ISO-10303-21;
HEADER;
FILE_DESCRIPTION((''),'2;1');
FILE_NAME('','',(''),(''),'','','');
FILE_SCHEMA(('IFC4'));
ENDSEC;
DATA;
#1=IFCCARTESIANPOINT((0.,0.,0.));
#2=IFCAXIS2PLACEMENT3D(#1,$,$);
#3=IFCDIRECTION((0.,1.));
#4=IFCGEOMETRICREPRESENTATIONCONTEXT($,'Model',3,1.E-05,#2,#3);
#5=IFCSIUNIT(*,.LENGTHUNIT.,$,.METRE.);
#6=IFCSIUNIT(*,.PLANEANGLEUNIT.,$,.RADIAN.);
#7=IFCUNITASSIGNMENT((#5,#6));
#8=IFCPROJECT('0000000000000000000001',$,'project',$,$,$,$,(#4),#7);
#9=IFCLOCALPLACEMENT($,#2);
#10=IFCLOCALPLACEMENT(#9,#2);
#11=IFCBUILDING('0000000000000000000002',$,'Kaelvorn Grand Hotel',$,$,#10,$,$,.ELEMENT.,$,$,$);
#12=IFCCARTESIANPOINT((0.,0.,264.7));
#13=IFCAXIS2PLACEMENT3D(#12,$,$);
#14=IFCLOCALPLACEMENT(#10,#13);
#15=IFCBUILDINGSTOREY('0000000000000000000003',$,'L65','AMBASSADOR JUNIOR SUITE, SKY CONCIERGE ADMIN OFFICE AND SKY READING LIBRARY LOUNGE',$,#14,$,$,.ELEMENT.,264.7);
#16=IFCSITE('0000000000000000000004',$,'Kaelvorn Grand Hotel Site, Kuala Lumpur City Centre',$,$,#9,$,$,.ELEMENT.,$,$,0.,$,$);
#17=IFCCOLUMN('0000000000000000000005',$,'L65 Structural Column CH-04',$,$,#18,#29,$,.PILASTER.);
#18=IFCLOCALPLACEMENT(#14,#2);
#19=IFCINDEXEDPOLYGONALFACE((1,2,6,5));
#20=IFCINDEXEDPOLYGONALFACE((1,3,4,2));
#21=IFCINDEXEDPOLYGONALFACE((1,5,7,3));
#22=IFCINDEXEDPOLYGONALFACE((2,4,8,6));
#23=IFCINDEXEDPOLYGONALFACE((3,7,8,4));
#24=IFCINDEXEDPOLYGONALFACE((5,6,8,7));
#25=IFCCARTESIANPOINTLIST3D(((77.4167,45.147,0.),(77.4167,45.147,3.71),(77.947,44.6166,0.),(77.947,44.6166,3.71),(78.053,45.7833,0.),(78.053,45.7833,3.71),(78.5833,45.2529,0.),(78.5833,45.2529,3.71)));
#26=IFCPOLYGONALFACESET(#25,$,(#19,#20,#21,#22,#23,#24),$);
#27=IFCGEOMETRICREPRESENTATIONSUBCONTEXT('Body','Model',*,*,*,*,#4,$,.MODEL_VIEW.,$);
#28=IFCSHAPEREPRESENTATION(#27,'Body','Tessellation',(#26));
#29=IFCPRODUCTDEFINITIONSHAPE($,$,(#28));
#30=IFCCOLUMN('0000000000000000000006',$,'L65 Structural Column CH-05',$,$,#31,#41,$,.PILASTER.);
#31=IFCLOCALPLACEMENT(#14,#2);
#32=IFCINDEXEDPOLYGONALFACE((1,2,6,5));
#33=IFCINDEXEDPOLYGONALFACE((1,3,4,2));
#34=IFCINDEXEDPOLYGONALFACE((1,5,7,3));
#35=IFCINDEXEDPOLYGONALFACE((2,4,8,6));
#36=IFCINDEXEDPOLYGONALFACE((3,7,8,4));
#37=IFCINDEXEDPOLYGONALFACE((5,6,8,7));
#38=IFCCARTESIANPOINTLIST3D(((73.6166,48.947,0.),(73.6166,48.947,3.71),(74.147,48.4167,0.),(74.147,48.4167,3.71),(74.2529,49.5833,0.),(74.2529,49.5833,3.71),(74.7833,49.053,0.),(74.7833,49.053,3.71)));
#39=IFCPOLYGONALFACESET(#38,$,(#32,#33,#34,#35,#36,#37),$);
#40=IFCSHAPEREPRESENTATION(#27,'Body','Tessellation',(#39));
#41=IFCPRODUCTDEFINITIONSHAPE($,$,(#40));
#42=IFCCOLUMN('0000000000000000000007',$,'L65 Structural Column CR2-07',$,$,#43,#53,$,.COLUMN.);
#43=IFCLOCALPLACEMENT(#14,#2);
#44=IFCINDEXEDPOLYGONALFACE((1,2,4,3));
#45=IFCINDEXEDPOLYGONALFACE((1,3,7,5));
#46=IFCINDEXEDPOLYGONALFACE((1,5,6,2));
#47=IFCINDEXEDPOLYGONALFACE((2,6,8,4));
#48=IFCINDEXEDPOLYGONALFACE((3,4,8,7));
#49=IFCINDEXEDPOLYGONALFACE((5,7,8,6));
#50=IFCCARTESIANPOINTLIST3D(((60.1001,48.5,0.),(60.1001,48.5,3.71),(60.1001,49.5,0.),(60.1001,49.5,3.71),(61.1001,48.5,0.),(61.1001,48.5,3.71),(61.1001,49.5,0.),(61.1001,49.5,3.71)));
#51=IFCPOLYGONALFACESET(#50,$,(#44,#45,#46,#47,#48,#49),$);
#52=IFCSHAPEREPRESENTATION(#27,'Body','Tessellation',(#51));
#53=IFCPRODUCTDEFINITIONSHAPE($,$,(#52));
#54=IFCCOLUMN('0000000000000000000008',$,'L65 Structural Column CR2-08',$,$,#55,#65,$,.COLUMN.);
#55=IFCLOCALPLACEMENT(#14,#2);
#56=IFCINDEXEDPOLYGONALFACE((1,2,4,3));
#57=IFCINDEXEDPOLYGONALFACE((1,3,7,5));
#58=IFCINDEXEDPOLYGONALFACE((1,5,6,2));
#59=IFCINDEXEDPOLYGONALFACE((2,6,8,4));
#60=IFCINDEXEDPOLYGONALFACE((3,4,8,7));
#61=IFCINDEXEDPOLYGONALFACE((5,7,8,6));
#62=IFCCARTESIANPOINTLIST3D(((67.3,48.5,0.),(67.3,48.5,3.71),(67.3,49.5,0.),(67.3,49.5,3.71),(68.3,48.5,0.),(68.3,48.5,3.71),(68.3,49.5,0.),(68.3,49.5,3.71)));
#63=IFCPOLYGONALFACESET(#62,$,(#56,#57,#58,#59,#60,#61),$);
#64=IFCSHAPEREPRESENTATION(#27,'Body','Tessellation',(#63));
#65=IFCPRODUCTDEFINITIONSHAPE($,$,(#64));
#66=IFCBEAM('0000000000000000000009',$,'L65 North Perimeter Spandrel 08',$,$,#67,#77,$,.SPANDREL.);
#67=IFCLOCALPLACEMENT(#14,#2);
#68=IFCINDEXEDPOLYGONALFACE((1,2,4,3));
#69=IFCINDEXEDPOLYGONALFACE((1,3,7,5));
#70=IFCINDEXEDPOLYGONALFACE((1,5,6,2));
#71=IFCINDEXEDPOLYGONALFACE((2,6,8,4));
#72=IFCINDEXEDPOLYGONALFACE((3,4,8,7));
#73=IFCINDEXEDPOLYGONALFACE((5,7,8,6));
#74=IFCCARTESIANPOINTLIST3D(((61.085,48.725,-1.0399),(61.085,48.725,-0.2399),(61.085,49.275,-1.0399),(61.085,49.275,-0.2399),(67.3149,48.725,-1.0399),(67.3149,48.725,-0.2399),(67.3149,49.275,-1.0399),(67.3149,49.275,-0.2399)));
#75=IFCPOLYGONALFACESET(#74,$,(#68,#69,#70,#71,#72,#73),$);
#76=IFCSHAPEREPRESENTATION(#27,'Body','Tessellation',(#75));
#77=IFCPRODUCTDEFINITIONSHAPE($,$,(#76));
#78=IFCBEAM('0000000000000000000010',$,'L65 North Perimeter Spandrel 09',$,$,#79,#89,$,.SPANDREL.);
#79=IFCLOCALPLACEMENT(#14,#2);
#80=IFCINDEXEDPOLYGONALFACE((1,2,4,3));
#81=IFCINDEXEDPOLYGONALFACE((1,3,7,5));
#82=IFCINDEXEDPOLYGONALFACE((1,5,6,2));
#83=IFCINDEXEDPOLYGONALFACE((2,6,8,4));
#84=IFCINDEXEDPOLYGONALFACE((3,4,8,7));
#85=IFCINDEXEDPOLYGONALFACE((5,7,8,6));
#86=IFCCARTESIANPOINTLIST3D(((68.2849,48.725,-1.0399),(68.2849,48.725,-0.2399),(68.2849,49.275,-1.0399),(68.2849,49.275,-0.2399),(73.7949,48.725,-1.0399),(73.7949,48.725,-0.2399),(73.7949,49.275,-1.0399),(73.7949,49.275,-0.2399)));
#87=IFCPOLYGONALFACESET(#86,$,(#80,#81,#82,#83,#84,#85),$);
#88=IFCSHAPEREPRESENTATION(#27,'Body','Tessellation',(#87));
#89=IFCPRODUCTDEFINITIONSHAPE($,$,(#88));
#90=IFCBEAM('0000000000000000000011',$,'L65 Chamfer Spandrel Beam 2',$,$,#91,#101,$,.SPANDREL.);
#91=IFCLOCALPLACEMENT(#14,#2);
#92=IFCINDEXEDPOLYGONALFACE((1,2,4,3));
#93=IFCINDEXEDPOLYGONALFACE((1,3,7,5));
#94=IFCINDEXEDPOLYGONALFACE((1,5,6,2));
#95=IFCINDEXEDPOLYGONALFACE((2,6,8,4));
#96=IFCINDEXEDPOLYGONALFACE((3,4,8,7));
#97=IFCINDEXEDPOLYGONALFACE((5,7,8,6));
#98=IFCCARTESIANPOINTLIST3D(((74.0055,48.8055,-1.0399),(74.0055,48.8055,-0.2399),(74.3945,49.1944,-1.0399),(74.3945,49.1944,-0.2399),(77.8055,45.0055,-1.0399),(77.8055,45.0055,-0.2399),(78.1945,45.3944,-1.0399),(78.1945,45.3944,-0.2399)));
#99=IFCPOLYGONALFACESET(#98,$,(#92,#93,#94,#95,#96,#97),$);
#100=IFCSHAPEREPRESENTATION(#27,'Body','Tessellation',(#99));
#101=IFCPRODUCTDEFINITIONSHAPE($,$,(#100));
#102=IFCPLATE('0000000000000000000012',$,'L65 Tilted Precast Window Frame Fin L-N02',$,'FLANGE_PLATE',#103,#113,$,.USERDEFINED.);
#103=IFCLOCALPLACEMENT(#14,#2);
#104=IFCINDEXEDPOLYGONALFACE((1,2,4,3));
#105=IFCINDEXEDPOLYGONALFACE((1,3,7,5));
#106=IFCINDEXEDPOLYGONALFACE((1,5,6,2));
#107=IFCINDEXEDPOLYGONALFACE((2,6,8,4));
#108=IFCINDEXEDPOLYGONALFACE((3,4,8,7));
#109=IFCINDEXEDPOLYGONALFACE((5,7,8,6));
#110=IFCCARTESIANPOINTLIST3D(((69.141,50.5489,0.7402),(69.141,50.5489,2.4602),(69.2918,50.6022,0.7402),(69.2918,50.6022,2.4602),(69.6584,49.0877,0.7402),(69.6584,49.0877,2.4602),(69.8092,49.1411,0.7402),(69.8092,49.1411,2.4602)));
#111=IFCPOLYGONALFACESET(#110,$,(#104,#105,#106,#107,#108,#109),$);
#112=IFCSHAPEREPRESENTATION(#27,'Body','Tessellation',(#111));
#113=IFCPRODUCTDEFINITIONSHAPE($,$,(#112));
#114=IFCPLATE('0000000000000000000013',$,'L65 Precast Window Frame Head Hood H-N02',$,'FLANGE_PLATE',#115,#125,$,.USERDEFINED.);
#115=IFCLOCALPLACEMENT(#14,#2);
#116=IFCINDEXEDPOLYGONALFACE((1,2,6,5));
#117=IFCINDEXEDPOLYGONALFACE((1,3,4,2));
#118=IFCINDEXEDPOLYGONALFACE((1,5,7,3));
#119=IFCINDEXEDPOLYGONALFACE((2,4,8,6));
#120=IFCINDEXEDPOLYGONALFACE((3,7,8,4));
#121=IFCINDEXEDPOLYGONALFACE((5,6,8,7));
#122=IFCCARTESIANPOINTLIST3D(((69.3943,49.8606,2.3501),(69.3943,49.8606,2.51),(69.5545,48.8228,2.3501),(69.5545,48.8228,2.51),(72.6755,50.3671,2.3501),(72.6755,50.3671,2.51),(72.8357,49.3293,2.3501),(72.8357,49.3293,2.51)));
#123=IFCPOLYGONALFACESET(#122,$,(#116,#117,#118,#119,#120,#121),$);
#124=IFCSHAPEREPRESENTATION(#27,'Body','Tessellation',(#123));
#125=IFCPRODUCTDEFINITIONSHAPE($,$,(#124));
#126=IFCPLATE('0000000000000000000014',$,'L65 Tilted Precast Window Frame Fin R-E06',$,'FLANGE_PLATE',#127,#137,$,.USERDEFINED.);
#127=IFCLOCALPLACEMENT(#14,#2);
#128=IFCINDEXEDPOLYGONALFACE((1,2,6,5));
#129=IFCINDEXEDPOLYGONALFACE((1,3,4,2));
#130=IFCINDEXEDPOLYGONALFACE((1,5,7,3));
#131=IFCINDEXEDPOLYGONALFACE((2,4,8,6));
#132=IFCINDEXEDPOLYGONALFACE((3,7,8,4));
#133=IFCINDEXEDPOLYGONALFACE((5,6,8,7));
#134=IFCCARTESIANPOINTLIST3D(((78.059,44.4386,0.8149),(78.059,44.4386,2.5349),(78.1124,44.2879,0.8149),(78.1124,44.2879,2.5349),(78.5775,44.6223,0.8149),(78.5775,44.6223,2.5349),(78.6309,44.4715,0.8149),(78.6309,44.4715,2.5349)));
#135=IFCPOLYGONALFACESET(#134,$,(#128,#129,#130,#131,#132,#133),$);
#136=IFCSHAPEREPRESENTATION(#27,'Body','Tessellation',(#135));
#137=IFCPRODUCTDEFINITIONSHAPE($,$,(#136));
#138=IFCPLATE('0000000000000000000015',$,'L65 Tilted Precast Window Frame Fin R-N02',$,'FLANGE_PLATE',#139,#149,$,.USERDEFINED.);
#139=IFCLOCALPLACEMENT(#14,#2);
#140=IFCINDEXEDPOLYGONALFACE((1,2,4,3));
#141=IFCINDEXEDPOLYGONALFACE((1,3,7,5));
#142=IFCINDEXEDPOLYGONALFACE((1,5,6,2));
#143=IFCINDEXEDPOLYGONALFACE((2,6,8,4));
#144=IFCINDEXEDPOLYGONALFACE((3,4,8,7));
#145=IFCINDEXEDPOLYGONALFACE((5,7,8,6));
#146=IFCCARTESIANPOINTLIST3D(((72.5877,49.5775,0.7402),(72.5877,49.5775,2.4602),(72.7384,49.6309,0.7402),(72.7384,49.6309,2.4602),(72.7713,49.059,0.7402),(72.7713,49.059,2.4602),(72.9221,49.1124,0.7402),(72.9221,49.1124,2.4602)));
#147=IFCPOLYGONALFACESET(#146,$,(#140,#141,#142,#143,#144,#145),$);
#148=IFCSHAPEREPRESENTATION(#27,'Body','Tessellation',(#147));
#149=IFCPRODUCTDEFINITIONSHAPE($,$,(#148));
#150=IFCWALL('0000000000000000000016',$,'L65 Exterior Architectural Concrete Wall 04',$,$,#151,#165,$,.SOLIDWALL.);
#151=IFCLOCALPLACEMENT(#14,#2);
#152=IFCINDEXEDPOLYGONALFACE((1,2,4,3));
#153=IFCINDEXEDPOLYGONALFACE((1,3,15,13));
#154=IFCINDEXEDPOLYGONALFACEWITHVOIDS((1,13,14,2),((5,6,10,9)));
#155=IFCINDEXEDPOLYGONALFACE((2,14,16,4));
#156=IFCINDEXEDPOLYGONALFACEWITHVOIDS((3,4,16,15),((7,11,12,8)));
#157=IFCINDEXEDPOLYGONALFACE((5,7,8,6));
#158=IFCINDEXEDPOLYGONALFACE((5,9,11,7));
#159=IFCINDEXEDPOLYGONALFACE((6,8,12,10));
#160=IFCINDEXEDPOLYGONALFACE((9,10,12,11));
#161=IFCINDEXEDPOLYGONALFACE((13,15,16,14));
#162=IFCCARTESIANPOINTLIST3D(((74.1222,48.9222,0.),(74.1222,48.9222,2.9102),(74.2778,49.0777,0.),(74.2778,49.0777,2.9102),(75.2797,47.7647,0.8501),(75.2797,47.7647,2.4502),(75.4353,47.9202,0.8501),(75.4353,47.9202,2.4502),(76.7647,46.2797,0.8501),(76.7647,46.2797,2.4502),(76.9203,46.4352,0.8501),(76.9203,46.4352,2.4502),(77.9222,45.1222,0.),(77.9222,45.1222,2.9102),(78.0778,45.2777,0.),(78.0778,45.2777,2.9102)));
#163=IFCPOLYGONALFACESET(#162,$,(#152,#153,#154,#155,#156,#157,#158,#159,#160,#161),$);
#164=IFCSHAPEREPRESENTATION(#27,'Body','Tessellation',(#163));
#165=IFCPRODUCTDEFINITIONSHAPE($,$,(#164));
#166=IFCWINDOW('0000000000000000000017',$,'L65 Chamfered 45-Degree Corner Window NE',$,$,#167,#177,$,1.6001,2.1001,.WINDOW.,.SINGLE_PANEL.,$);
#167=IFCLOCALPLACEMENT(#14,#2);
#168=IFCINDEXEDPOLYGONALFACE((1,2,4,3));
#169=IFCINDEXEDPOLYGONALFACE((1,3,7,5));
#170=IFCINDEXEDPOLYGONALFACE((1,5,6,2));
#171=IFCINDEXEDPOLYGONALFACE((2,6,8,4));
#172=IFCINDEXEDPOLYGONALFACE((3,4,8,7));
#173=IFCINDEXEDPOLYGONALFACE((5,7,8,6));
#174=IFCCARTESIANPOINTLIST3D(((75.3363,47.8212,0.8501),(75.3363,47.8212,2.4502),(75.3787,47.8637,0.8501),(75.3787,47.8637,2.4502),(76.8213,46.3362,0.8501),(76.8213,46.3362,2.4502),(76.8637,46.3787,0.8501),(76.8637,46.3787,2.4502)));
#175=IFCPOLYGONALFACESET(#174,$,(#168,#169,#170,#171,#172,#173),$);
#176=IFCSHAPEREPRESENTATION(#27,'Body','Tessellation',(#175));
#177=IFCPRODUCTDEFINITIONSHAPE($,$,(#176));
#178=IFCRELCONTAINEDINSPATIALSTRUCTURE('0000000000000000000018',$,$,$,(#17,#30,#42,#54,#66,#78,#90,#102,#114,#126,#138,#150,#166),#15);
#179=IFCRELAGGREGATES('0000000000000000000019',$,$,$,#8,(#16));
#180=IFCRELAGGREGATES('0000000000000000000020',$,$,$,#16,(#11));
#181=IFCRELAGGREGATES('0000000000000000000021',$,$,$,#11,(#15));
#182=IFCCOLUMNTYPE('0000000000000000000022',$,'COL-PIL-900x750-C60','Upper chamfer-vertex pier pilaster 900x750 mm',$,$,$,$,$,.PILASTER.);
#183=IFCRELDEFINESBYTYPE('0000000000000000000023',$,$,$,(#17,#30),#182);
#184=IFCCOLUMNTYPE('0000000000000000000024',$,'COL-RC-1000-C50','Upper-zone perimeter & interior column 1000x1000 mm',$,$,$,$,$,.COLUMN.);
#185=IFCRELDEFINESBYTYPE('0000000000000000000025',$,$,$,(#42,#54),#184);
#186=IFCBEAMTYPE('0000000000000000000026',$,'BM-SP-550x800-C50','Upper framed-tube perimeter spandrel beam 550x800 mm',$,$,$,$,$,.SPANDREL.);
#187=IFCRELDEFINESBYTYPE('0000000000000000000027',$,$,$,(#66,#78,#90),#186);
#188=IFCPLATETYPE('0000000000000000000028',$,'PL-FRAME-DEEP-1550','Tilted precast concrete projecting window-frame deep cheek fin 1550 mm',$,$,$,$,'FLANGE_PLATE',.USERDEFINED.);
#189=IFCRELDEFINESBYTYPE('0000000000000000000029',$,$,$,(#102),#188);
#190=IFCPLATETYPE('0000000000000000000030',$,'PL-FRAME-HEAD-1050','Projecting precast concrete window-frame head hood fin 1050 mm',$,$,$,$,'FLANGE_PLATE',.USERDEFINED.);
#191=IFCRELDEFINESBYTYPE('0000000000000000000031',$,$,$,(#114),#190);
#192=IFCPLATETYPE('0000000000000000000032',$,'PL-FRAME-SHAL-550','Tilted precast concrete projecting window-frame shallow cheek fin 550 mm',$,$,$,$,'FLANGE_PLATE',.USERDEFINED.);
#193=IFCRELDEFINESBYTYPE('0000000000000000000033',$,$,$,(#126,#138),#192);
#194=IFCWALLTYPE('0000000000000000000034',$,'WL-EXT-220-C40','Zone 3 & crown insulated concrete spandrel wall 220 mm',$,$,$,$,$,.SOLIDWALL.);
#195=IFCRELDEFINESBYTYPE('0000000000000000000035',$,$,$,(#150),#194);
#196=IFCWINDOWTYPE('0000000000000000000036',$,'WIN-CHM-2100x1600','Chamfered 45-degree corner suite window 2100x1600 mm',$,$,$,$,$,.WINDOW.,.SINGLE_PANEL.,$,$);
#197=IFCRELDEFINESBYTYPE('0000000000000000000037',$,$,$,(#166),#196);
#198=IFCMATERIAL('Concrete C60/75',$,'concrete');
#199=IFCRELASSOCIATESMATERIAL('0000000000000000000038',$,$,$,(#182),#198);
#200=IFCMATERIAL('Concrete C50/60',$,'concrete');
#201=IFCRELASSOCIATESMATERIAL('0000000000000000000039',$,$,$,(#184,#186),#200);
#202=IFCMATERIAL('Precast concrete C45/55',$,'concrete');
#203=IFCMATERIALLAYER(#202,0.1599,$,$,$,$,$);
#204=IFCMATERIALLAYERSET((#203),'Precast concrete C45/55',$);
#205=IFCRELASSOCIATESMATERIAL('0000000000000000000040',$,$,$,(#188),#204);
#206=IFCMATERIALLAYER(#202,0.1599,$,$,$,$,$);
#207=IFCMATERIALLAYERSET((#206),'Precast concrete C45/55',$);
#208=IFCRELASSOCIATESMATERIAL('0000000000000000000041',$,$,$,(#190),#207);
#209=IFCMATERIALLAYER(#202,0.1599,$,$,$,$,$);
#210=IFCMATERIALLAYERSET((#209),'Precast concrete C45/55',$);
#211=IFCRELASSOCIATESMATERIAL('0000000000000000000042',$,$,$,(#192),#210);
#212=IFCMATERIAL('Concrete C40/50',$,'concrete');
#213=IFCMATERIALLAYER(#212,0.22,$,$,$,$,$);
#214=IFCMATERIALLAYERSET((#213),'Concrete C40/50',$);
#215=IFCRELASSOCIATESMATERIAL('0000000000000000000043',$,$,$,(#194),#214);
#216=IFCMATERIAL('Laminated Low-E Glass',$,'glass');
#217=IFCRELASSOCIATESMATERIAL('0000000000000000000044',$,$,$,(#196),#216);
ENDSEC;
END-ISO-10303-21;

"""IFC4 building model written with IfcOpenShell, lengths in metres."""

from ifc_helpers import new_model, si_unit, direction, frame, frame_2d, origin, origin_2d, place, context, subcontext, project, spatial, rectangle, extrude, material, layer, layer_set, material_profile, profile_set, type_object, element, fill, save


model = new_model("IFC4")

# Units and contexts
model_context = context("Model", 3, precision=1e-05, world=origin(), true_north=direction((0.0, 1.0)))
body_context = subcontext(model_context, "Body", "Model", "MODEL_VIEW")
ifc_project = project(units=[si_unit("LENGTHUNIT", "METRE"), si_unit("PLANEANGLEUNIT", "RADIAN")], contexts=[model_context])

# Site, building, storey
site_placement = place(None, origin())
site = spatial("IfcSite", under=ifc_project, at=site_placement, Name="Kaelvorn Grand Hotel Site, Kuala Lumpur City Centre", CompositionType="ELEMENT", RefElevation=0.0)
building_placement = place(site_placement, origin())
building = spatial("IfcBuilding", under=site, at=building_placement, Name="Kaelvorn Grand Hotel", CompositionType="ELEMENT")
storey_placement = place(building_placement, frame((0.0, 0.0, 264.7)))
storey = spatial("IfcBuildingStorey", under=building, at=storey_placement, Name="L65", Description="AMBASSADOR JUNIOR SUITE, SKY CONCIERGE ADMIN OFFICE AND SKY READING LIBRARY LOUNGE", CompositionType="ELEMENT", Elevation=264.7)

# Columns
ifc_material_1 = material(Name="Concrete C60/75", Category="concrete")
ifc_material_profile_1 = material_profile(ifc_material_1, rectangle(XDim=0.8999, YDim=0.75, at=origin_2d()), Name="RC PILASTER 900x750")
ifc_profile_set_1 = profile_set([ifc_material_profile_1], Name="Concrete C60/75")
column_type_1 = type_object("IfcColumnType", Name="COL-PIL-900x750-C60", Description="Upper chamfer-vertex pier pilaster 900x750 mm", PredefinedType="PILASTER", material=ifc_profile_set_1)
for number, where, z_axis, x_axis, name in (
    (1, (78.0, 45.2, 0.0), (0.0, 0.0, 1.0), (0.707107, 0.707107, 0.0), "L65 Structural Column CH-04"),
    (2, (74.2, 49.0, 0.0), (0.0, 0.0, 1.0), (0.707107, 0.707107, 0.0), "L65 Structural Column CH-05"),
):
    element("IfcColumn", number, at=place(storey_placement, frame(where, z_axis=z_axis, x_axis=x_axis)), inside=storey, type_object=column_type_1, Name=name, PredefinedType="PILASTER", context=body_context, shape_type="SweptSolid", body=[
        extrude(rectangle(XDim=0.8999, YDim=0.75, at=origin_2d()), origin(), (0.0, 0.0, 1.0), 3.71),
    ])
ifc_material_2 = material(Name="Concrete C50/60", Category="concrete")
ifc_material_profile_2 = material_profile(ifc_material_2, rectangle(XDim=1.0, YDim=1.0, at=origin_2d()), Name="RC COL 1000x1000")
ifc_profile_set_2 = profile_set([ifc_material_profile_2], Name="Concrete C50/60")
column_type_2 = type_object("IfcColumnType", Name="COL-RC-1000-C50", Description="Upper-zone perimeter & interior column 1000x1000 mm", PredefinedType="COLUMN", material=ifc_profile_set_2)
for number, where, z_axis, x_axis, name in (
    (3, (60.6001, 49.0, 0.0), (0.0, 0.0, 1.0), (1.0, 0.0, 0.0), "L65 Structural Column CR2-07"),
    (4, (67.8, 49.0, 0.0), (0.0, 0.0, 1.0), (1.0, 0.0, 0.0), "L65 Structural Column CR2-08"),
):
    element("IfcColumn", number, at=place(storey_placement, frame(where, z_axis=z_axis, x_axis=x_axis)), inside=storey, type_object=column_type_2, Name=name, PredefinedType="COLUMN", context=body_context, shape_type="SweptSolid", body=[
        extrude(rectangle(XDim=1.0, YDim=1.0, at=origin_2d()), origin(), (0.0, 0.0, 1.0), 3.71),
    ])

# Beams
ifc_material_profile_3 = material_profile(ifc_material_2, rectangle(XDim=0.55, YDim=0.8, at=origin_2d()), Name="RC SPANDREL 550x800")
ifc_profile_set_3 = profile_set([ifc_material_profile_3], Name="Concrete C50/60")
beam_type = type_object("IfcBeamType", Name="BM-SP-550x800-C50", Description="Upper framed-tube perimeter spandrel beam 550x800 mm", PredefinedType="SPANDREL", material=ifc_profile_set_3)
beam_1_placement = place(storey_placement, frame((61.085, 49.0, -0.6399), z_axis=(1.0, 0.0, 0.0), x_axis=(0.0, 1.0, 0.0)))
element("IfcBeam", 5, at=beam_1_placement, inside=storey, type_object=beam_type, Name="L65 North Perimeter Spandrel 08", PredefinedType="SPANDREL", context=body_context, shape_type="SweptSolid", body=[
    extrude(rectangle(XDim=0.55, YDim=0.8, at=origin_2d()), origin(), (0.0, 0.0, 1.0), 6.23),
])
beam_2_placement = place(storey_placement, frame((68.2849, 49.0, -0.6399), z_axis=(1.0, 0.0, 0.0), x_axis=(0.0, 1.0, 0.0)))
element("IfcBeam", 6, at=beam_2_placement, inside=storey, type_object=beam_type, Name="L65 North Perimeter Spandrel 09", PredefinedType="SPANDREL", context=body_context, shape_type="SweptSolid", body=[
    extrude(rectangle(XDim=0.55, YDim=0.8, at=origin_2d()), origin(), (0.0, 0.0, 1.0), 5.51),
])
beam_3_placement = place(storey_placement, frame((78.0, 45.2, -0.6399), z_axis=(-0.707107, 0.707107, 0.0), x_axis=(-0.707107, -0.707107, 0.0)))
element("IfcBeam", 7, at=beam_3_placement, inside=storey, type_object=beam_type, Name="L65 Chamfer Spandrel Beam 2", PredefinedType="SPANDREL", context=body_context, shape_type="SweptSolid", body=[
    extrude(rectangle(XDim=0.55, YDim=0.8, at=origin_2d()), origin(), (0.0, 0.0, 1.0), 5.374),
])

# Plates
ifc_material_3 = material(Name="Precast concrete C45/55", Category="concrete")
ifc_layer_1 = layer(ifc_material_3, 0.1599)
ifc_layer_set_1 = layer_set([ifc_layer_1], Name="Precast concrete C45/55")
plate_type_1 = type_object("IfcPlateType", Name="PL-FRAME-DEEP-1550", Description="Tilted precast concrete projecting window-frame deep cheek fin 1550 mm", ElementType="FLANGE_PLATE", PredefinedType="USERDEFINED", material=ifc_layer_set_1)
plate_1_placement = place(storey_placement, frame((69.4751, 49.845, 0.7402), z_axis=(0.0, 0.0, 1.0), x_axis=(0.942641, 0.333807, 0.0)))
element("IfcPlate", 8, at=plate_1_placement, inside=storey, type_object=plate_type_1, Name="L65 Tilted Precast Window Frame Fin L-N02", ObjectType="FLANGE_PLATE", PredefinedType="USERDEFINED", context=body_context, shape_type="SweptSolid", body=[
    extrude(rectangle(XDim=0.1599, YDim=1.55, at=origin_2d()), origin(), (0.0, 0.0, 1.0), 1.72),
])
ifc_layer_2 = layer(ifc_material_3, 0.1599)
ifc_layer_set_2 = layer_set([ifc_layer_2], Name="Precast concrete C45/55")
plate_type_2 = type_object("IfcPlateType", Name="PL-FRAME-HEAD-1050", Description="Projecting precast concrete window-frame head hood fin 1050 mm", ElementType="FLANGE_PLATE", PredefinedType="USERDEFINED", material=ifc_layer_set_2)
plate_2_placement = place(storey_placement, frame((71.115, 49.595, 2.3501), z_axis=(0.0, 0.0, 1.0), x_axis=(0.988295, 0.152555, 0.0)))
element("IfcPlate", 9, at=plate_2_placement, inside=storey, type_object=plate_type_2, Name="L65 Precast Window Frame Head Hood H-N02", ObjectType="FLANGE_PLATE", PredefinedType="USERDEFINED", context=body_context, shape_type="SweptSolid", body=[
    extrude(rectangle(XDim=3.3201, YDim=1.05, at=origin_2d()), origin(), (0.0, 0.0, 1.0), 0.1599),
])
ifc_layer_3 = layer(ifc_material_3, 0.1599)
ifc_layer_set_3 = layer_set([ifc_layer_3], Name="Precast concrete C45/55")
plate_type_3 = type_object("IfcPlateType", Name="PL-FRAME-SHAL-550", Description="Tilted precast concrete projecting window-frame shallow cheek fin 550 mm", ElementType="FLANGE_PLATE", PredefinedType="USERDEFINED", material=ifc_layer_set_3)
for number, where, z_axis, x_axis, name in (
    (10, (78.345, 44.4551, 0.8149), (0.0, 0.0, 1.0), (-0.333807, 0.942641, 0.0), "L65 Tilted Precast Window Frame Fin R-E06"),
    (11, (72.7549, 49.345, 0.7402), (0.0, 0.0, 1.0), (0.942641, 0.333807, 0.0), "L65 Tilted Precast Window Frame Fin R-N02"),
):
    element("IfcPlate", number, at=place(storey_placement, frame(where, z_axis=z_axis, x_axis=x_axis)), inside=storey, type_object=plate_type_3, Name=name, ObjectType="FLANGE_PLATE", PredefinedType="USERDEFINED", context=body_context, shape_type="SweptSolid", body=[
        extrude(rectangle(XDim=0.1599, YDim=0.55, at=origin_2d()), origin(), (0.0, 0.0, 1.0), 1.72),
    ])

# Wall, opening, window
ifc_material_4 = material(Name="Concrete C40/50", Category="concrete")
ifc_layer_4 = layer(ifc_material_4, 0.22)
ifc_layer_set_4 = layer_set([ifc_layer_4], Name="Concrete C40/50")
wall_type_1 = type_object("IfcWallType", Name="WL-EXT-220-C40", Description="Zone 3 & crown insulated concrete spandrel wall 220 mm", PredefinedType="SOLIDWALL", material=ifc_layer_set_4)
wall_1_placement = place(storey_placement, frame((78.0, 45.2, 0.0), z_axis=(0.0, 0.0, 1.0), x_axis=(-0.707107, 0.707107, 0.0)))
wall_1 = element("IfcWall", 12, at=wall_1_placement, inside=storey, type_object=wall_type_1, Name="L65 Exterior Architectural Concrete Wall 04", PredefinedType="SOLIDWALL", context=body_context, shape_type="SweptSolid", body=[
    extrude(rectangle(XDim=5.374, YDim=0.22, at=frame_2d((2.687, 0.0))), origin(), (0.0, 0.0, 1.0), 2.9102),
])
opening_1_placement = place(wall_1_placement, frame((1.637, 0.0, 0.8501)))
opening_1 = element("IfcOpeningElement", 13, at=opening_1_placement, cuts=wall_1, PredefinedType="OPENING", context=body_context, shape_type="SweptSolid", body=[
    extrude(rectangle(XDim=2.1001, YDim=1.6001, at=frame_2d((1.05, 0.8))), frame((0.0, 0.1201, 0.0), z_axis=(0.0, -1.0, 0.0), x_axis=(1.0, 0.0, 0.0)), (0.0, 0.0, 1.0), 0.24),
])
ifc_material_5 = material(Name="Laminated Low-E Glass", Category="glass")
window_type_1 = type_object("IfcWindowType", Name="WIN-CHM-2100x1600", Description="Chamfered 45-degree corner suite window 2100x1600 mm", PartitioningType="SINGLE_PANEL", PredefinedType="WINDOW", material=ifc_material_5)
window_1_placement = place(opening_1_placement, origin())
window_1 = element("IfcWindow", 14, at=window_1_placement, inside=storey, type_object=window_type_1, Name="L65 Chamfered 45-Degree Corner Window NE", OverallHeight=1.6001, OverallWidth=2.1001, PartitioningType="SINGLE_PANEL", PredefinedType="WINDOW", context=body_context, shape_type="SweptSolid", body=[
    extrude(rectangle(XDim=2.1001, YDim=1.6001, at=frame_2d((1.05, 0.8))), frame((0.0, 0.03, 0.0), z_axis=(0.0, -1.0, 0.0), x_axis=(1.0, 0.0, 0.0)), (0.0, 0.0, 1.0), 0.0601),
])
fill(opening_1, window_1)

save(model, "model.ifc")
